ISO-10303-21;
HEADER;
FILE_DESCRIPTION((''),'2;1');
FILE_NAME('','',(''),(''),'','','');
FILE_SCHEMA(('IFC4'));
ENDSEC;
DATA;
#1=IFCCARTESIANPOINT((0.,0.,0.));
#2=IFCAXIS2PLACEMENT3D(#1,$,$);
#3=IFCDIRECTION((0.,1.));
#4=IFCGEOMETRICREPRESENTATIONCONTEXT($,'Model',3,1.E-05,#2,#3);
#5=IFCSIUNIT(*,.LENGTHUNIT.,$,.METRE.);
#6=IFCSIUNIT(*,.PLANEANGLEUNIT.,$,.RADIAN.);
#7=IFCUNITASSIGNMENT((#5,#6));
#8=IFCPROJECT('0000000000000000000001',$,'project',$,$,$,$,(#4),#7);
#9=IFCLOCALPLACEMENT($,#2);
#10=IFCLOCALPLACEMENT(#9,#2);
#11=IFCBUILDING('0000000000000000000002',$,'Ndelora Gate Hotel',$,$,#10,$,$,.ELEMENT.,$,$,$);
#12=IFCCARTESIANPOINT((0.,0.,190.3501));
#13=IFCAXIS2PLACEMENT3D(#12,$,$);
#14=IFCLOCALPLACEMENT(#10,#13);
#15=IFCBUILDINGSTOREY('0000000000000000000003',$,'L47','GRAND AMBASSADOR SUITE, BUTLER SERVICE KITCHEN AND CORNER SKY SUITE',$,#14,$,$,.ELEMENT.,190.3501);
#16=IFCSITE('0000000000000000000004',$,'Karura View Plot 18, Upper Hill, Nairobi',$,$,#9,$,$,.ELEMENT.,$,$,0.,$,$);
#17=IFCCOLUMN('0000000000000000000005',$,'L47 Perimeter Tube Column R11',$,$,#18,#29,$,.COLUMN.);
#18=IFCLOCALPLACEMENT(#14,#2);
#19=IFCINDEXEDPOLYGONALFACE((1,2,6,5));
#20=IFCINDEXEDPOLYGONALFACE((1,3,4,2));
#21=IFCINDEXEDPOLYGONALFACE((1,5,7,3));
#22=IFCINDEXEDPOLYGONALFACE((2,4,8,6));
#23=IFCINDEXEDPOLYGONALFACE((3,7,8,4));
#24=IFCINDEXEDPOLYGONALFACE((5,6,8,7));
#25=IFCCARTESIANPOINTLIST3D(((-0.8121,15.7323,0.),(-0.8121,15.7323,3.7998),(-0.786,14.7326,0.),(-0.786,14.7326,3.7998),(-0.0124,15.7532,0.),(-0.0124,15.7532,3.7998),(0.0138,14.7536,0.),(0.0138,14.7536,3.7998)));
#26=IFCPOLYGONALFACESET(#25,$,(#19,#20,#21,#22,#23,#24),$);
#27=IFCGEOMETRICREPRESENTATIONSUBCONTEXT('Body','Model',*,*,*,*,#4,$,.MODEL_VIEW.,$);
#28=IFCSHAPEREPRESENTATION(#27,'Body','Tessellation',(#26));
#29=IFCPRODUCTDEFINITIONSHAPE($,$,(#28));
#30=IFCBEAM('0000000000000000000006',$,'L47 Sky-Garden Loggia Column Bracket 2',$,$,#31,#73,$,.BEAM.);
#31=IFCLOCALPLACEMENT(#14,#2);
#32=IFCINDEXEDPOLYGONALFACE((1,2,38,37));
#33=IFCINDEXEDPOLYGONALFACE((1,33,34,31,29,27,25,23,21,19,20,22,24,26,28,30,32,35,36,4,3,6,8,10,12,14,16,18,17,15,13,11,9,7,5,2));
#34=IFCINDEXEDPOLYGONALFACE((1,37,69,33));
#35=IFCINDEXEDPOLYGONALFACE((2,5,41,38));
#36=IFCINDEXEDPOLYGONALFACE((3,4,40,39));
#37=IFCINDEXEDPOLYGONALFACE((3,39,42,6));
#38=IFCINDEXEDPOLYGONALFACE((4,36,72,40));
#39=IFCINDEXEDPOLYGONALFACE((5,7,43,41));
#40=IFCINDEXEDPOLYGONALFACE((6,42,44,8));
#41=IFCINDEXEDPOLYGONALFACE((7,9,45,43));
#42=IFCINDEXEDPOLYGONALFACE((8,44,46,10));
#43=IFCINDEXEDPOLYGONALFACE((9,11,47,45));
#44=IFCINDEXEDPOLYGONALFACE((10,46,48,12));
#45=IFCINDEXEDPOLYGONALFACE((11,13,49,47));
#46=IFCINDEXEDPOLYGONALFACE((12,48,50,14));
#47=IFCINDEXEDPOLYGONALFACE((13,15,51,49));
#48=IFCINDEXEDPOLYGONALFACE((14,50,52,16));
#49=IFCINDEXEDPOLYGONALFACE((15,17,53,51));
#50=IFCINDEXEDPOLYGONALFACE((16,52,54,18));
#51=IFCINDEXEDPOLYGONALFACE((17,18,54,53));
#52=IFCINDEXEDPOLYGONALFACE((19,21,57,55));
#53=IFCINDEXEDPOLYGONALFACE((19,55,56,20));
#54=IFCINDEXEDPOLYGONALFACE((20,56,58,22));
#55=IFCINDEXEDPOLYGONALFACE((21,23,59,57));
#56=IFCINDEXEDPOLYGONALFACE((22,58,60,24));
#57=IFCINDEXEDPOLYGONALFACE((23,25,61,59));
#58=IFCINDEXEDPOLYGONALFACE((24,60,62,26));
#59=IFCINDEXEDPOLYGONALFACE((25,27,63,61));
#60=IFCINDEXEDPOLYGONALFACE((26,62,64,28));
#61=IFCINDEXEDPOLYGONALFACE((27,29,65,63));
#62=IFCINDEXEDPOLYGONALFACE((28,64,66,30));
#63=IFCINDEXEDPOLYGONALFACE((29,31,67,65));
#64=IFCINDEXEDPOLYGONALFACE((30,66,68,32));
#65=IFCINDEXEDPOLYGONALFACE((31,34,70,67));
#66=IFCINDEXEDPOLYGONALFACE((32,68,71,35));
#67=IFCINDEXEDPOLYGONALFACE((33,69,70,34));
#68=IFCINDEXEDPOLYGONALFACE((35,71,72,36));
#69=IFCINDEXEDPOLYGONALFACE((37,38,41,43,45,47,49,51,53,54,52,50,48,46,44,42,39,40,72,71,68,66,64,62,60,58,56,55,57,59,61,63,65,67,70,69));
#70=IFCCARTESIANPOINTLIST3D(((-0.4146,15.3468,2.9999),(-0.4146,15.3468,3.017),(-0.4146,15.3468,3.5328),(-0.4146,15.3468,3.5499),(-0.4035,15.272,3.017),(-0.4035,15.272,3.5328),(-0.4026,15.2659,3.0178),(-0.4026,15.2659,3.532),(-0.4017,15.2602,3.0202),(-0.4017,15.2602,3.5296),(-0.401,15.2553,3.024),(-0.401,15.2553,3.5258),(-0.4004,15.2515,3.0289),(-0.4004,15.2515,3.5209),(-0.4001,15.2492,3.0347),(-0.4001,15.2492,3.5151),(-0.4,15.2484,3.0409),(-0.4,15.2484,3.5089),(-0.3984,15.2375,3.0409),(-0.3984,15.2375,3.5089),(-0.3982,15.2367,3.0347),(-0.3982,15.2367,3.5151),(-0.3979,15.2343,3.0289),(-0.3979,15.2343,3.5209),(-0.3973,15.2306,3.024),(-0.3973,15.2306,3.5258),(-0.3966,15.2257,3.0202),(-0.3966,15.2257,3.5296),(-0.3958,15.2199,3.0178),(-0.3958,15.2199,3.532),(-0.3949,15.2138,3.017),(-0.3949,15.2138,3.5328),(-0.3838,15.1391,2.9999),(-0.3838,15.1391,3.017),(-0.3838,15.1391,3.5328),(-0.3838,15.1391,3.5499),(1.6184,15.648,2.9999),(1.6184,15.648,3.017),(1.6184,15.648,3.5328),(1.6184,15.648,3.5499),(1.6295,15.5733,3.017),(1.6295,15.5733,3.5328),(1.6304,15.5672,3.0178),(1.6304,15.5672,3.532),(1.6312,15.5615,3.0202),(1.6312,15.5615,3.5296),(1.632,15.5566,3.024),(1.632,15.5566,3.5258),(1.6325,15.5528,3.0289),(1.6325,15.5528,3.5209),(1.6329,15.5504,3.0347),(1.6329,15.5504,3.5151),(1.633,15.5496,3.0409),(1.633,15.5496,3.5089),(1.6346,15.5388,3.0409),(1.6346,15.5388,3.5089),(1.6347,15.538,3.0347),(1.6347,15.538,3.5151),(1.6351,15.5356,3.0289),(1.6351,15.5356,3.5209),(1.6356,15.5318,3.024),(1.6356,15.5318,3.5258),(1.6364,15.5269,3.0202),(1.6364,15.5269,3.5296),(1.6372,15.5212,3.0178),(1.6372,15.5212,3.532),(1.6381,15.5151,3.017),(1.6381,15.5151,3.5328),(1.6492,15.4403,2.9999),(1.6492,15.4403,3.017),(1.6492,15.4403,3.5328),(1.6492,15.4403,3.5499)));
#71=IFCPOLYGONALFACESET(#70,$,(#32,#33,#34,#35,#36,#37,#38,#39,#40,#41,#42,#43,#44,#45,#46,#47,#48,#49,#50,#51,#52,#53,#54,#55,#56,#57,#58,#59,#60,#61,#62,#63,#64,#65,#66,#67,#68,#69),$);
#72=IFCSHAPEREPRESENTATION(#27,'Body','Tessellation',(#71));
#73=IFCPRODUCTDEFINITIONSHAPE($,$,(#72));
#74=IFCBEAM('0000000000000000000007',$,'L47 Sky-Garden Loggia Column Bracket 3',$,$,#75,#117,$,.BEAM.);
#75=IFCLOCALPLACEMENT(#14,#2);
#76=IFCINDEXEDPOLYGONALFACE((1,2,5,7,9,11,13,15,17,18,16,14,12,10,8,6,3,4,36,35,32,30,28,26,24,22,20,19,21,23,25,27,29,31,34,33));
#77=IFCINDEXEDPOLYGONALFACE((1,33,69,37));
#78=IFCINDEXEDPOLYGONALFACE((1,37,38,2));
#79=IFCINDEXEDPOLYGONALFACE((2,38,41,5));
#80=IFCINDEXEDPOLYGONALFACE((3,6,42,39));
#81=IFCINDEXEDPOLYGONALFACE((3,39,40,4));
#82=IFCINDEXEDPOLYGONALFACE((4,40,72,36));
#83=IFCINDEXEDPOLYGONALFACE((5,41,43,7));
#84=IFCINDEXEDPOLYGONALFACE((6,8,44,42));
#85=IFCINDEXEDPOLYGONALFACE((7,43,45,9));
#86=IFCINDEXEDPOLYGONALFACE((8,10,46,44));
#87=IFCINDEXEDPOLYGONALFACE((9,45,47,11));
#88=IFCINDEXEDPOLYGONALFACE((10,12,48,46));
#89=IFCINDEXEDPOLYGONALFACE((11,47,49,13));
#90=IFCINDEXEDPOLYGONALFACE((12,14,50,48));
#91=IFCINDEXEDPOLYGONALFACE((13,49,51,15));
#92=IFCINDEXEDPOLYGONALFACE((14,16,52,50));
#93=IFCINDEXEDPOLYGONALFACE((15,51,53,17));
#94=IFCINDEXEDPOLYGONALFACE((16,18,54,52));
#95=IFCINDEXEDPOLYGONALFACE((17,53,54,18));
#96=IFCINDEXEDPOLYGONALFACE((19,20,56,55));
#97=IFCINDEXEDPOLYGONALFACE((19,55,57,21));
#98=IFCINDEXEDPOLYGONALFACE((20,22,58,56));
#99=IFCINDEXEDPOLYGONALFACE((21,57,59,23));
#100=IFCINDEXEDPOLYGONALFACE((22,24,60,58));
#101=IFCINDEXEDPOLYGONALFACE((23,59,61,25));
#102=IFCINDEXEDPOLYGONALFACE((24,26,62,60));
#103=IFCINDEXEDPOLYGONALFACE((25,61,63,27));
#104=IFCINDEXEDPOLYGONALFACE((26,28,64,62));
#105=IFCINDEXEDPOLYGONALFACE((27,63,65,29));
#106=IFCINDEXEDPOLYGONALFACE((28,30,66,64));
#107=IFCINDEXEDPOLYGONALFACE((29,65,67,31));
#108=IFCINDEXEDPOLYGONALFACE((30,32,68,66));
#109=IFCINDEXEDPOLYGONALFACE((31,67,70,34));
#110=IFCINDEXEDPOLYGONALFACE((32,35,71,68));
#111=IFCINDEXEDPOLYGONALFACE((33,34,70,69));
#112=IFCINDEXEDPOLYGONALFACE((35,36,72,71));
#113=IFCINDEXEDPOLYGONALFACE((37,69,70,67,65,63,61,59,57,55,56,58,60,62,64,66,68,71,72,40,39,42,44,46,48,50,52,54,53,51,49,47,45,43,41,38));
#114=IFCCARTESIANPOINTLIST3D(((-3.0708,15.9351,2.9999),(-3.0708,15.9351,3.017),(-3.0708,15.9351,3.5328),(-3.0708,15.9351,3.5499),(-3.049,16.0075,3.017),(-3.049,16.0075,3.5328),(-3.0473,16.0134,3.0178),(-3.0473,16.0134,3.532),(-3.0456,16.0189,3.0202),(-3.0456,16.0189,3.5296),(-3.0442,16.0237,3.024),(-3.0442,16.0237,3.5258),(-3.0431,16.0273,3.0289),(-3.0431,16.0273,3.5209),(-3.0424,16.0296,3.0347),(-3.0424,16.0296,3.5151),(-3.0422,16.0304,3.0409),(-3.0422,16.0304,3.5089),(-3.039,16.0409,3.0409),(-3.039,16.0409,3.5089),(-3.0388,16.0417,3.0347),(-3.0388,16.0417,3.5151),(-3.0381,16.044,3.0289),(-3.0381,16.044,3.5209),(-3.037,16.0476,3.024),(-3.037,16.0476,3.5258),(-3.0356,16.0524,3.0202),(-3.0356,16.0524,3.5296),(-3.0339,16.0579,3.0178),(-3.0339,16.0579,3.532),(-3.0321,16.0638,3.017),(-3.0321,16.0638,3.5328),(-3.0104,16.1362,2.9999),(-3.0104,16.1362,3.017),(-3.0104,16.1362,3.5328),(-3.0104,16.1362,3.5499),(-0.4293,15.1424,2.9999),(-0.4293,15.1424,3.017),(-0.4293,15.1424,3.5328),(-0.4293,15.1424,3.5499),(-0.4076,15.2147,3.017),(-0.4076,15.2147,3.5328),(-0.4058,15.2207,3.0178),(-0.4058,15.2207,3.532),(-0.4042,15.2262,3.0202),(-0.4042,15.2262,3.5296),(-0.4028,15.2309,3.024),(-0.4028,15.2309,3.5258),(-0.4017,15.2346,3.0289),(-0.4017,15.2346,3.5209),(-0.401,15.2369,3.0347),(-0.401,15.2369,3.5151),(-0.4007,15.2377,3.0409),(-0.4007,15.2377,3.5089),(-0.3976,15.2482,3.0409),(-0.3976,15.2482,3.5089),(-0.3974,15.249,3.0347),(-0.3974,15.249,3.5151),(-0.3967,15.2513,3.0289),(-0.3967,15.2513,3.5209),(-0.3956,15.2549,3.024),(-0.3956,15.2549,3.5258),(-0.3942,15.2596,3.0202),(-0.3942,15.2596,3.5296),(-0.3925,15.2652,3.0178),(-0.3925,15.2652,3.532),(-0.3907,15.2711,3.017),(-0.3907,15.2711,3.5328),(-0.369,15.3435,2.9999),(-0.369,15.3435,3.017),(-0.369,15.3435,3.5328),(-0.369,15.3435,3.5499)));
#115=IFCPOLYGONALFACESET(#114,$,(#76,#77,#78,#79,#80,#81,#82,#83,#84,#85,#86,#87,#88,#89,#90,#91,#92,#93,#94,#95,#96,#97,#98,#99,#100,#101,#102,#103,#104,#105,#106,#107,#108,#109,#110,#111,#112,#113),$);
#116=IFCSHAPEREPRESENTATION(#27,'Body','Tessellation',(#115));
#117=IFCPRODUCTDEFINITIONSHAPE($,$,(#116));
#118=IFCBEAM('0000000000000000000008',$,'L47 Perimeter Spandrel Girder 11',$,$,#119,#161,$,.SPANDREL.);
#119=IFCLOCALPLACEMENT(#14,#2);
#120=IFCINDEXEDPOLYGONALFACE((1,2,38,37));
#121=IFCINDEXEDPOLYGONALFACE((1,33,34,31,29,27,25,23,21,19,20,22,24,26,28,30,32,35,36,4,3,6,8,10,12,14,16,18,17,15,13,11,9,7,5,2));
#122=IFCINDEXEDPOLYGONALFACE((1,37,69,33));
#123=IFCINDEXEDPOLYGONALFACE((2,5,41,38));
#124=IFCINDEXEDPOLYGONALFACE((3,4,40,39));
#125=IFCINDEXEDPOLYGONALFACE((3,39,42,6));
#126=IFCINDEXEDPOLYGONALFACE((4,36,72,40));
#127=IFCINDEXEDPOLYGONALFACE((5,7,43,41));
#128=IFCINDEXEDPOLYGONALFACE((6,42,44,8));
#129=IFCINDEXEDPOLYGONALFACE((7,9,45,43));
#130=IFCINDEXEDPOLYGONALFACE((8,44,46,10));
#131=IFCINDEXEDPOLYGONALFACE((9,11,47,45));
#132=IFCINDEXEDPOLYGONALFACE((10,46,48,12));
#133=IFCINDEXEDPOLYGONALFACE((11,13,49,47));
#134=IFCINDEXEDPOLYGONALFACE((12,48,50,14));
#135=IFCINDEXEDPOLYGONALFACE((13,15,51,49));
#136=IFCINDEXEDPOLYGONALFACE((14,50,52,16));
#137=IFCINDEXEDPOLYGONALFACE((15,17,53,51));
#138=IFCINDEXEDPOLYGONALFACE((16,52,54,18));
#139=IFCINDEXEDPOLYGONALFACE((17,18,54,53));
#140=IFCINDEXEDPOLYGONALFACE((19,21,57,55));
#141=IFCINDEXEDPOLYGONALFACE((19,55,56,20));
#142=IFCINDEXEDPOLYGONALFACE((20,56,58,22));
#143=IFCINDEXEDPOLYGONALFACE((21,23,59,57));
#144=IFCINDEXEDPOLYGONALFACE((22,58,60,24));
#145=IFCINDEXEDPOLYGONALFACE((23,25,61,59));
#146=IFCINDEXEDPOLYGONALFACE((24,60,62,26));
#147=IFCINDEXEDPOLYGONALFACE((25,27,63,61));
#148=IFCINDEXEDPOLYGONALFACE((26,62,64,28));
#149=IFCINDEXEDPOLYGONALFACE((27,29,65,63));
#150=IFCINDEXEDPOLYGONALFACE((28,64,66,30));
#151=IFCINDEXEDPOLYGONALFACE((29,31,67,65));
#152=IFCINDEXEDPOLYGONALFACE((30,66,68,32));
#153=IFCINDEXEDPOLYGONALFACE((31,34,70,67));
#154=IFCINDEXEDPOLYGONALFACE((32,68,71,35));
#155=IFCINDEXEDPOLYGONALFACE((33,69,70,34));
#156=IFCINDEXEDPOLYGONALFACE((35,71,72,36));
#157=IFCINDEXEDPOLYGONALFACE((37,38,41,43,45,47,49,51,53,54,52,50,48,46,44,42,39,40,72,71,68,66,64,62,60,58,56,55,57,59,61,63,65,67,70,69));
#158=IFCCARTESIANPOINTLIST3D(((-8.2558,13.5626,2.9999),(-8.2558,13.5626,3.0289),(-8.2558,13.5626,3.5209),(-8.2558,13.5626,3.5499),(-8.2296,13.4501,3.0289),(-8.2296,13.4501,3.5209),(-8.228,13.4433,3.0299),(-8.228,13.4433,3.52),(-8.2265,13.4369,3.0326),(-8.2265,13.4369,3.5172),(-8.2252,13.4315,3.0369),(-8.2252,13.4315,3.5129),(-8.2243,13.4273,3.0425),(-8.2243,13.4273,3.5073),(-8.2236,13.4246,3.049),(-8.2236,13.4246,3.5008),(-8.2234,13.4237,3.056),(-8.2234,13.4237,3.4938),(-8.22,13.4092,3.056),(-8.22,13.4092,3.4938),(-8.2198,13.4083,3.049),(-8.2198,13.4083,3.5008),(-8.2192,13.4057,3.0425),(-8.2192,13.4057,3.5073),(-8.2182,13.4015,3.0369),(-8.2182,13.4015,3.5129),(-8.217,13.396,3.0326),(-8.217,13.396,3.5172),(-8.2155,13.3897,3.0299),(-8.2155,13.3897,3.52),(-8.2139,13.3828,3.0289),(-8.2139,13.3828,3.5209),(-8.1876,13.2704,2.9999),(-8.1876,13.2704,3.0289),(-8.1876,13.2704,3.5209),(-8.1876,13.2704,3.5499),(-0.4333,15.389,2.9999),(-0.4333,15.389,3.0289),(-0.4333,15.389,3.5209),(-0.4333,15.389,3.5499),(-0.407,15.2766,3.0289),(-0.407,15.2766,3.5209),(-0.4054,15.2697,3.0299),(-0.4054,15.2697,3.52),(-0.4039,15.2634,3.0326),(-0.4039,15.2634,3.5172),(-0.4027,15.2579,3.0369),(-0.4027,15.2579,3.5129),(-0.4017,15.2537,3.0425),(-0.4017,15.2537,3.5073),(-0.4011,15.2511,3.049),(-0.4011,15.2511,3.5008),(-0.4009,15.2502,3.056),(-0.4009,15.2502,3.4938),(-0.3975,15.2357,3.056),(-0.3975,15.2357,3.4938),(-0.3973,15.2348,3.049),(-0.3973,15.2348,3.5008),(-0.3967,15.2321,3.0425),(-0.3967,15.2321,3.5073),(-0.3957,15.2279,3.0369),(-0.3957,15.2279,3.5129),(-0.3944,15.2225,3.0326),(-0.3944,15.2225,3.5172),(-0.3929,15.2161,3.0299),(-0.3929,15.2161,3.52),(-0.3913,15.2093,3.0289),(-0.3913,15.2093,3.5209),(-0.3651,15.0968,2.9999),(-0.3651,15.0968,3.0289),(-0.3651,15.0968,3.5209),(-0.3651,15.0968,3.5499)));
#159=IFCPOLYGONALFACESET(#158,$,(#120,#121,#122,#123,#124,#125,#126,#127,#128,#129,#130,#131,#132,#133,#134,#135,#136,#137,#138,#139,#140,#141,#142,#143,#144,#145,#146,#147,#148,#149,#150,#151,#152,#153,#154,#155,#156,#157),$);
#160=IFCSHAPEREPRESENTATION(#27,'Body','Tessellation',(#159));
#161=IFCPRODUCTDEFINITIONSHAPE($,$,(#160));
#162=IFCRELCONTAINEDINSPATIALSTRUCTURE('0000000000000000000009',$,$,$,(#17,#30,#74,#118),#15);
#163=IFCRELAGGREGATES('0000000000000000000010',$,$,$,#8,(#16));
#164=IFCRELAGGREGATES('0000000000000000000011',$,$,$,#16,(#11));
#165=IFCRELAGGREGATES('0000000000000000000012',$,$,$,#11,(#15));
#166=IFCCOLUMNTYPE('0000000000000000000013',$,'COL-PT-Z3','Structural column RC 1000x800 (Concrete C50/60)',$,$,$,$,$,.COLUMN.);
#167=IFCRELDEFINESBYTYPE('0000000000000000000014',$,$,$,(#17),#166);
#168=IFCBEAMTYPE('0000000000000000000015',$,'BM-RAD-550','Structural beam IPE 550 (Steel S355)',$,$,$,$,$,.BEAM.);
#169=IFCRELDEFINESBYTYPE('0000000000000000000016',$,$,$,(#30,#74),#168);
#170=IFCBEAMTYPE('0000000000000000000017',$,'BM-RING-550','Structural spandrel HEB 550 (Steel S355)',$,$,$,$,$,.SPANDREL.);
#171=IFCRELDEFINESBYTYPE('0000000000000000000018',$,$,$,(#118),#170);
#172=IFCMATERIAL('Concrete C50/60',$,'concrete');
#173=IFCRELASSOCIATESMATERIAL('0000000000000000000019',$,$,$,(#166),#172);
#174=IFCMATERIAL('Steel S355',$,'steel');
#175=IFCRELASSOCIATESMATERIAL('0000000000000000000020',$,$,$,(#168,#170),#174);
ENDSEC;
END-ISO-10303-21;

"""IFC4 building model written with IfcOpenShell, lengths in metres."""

from ifc_helpers import new_model, si_unit, direction, frame, origin, origin_2d, place, context, subcontext, project, spatial, rectangle, i_section, extrude, material, material_profile, profile_set, type_object, element, save


model = new_model("IFC4")

# Units and contexts
model_context = context("Model", 3, precision=1e-05, world=origin(), true_north=direction((0.0, 1.0)))
body_context = subcontext(model_context, "Body", "Model", "MODEL_VIEW")
ifc_project = project(units=[si_unit("LENGTHUNIT", "METRE"), si_unit("PLANEANGLEUNIT", "RADIAN")], contexts=[model_context])

# Site, building, storey
site_placement = place(None, origin())
site = spatial("IfcSite", under=ifc_project, at=site_placement, Name="Karura View Plot 18, Upper Hill, Nairobi", CompositionType="ELEMENT", RefElevation=0.0)
building_placement = place(site_placement, origin())
building = spatial("IfcBuilding", under=site, at=building_placement, Name="Ndelora Gate Hotel", CompositionType="ELEMENT")
storey_placement = place(building_placement, frame((0.0, 0.0, 190.3501)))
storey = spatial("IfcBuildingStorey", under=building, at=storey_placement, Name="L47", Description="GRAND AMBASSADOR SUITE, BUTLER SERVICE KITCHEN AND CORNER SKY SUITE", CompositionType="ELEMENT", Elevation=190.3501)

# Column
ifc_material_1 = material(Name="Concrete C50/60", Category="concrete")
ifc_material_profile_1 = material_profile(ifc_material_1, rectangle(XDim=0.8, YDim=1.0, at=origin_2d()), Name="RC 1000x800")
ifc_profile_set_1 = profile_set([ifc_material_profile_1], Name="Concrete C50/60")
column_type = type_object("IfcColumnType", Name="COL-PT-Z3", Description="Structural column RC 1000x800 (Concrete C50/60)", PredefinedType="COLUMN", material=ifc_profile_set_1)
column_placement = place(storey_placement, frame((-0.3992, 15.2429, 0.0), z_axis=(0.0, 0.0, 1.0), x_axis=(0.999657, 0.026177, 0.0)))
element("IfcColumn", 1, at=column_placement, inside=storey, type_object=column_type, Name="L47 Perimeter Tube Column R11", PredefinedType="COLUMN", context=body_context, shape_type="SweptSolid", body=[
    extrude(rectangle(XDim=0.8, YDim=1.0, at=origin_2d()), origin(), (0.0, 0.0, 1.0), 3.7998),
])

# Beams
ifc_material_2 = material(Name="Steel S355", Category="steel")
ifc_material_profile_2 = material_profile(ifc_material_2, i_section(OverallWidth=0.21, OverallDepth=0.55, WebThickness=0.011, FlangeThickness=0.0171, FilletRadius=0.0239, at=origin_2d()), Name="IPE 550")
ifc_profile_set_2 = profile_set([ifc_material_profile_2], Name="Steel S355")
beam_type_1 = type_object("IfcBeamType", Name="BM-RAD-550", Description="Structural beam IPE 550 (Steel S355)", PredefinedType="BEAM", material=ifc_profile_set_2)
beam_1_placement = place(storey_placement, frame((-0.3992, 15.2429, 3.2749), z_axis=(0.989197, 0.146592, 0.0), x_axis=(-0.146592, 0.989197, 0.0)))
element("IfcBeam", 2, at=beam_1_placement, inside=storey, type_object=beam_type_1, Name="L47 Sky-Garden Loggia Column Bracket 2", PredefinedType="BEAM", context=body_context, shape_type="SweptSolid", body=[
    extrude(i_section(OverallWidth=0.21, OverallDepth=0.55, WebThickness=0.011, FlangeThickness=0.0171, FilletRadius=0.0239, at=origin_2d()), origin(), (0.0, 0.0, 1.0), 2.0552),
])
beam_2_placement = place(storey_placement, frame((-0.3992, 15.2429, 3.2749), z_axis=(-0.957795, 0.287453, 0.0), x_axis=(-0.287453, -0.957795, 0.0)))
element("IfcBeam", 3, at=beam_2_placement, inside=storey, type_object=beam_type_1, Name="L47 Sky-Garden Loggia Column Bracket 3", PredefinedType="BEAM", context=body_context, shape_type="SweptSolid", body=[
    extrude(i_section(OverallWidth=0.21, OverallDepth=0.55, WebThickness=0.011, FlangeThickness=0.0171, FilletRadius=0.0239, at=origin_2d()), origin(), (0.0, 0.0, 1.0), 2.7578),
])
ifc_material_profile_3 = material_profile(ifc_material_2, i_section(OverallWidth=0.3, OverallDepth=0.55, WebThickness=0.0149, FlangeThickness=0.0291, FilletRadius=0.0271, at=origin_2d()), Name="HEB 550")
ifc_profile_set_3 = profile_set([ifc_material_profile_3], Name="Steel S355")
beam_type_2 = type_object("IfcBeamType", Name="BM-RING-550", Description="Structural spandrel HEB 550 (Steel S355)", PredefinedType="SPANDREL", material=ifc_profile_set_3)
beam_3_placement = place(storey_placement, frame((-0.3992, 15.2429, 3.2749), z_axis=(-0.973809, -0.227367, 0.0), x_axis=(0.227367, -0.973809, 0.0)))
element("IfcBeam", 4, at=beam_3_placement, inside=storey, type_object=beam_type_2, Name="L47 Perimeter Spandrel Girder 11", PredefinedType="SPANDREL", context=body_context, shape_type="SweptSolid", body=[
    extrude(i_section(OverallWidth=0.3, OverallDepth=0.55, WebThickness=0.0149, FlangeThickness=0.0291, FilletRadius=0.0271, at=origin_2d()), origin(), (0.0, 0.0, 1.0), 8.033),
])

save(model, "model.ifc")
